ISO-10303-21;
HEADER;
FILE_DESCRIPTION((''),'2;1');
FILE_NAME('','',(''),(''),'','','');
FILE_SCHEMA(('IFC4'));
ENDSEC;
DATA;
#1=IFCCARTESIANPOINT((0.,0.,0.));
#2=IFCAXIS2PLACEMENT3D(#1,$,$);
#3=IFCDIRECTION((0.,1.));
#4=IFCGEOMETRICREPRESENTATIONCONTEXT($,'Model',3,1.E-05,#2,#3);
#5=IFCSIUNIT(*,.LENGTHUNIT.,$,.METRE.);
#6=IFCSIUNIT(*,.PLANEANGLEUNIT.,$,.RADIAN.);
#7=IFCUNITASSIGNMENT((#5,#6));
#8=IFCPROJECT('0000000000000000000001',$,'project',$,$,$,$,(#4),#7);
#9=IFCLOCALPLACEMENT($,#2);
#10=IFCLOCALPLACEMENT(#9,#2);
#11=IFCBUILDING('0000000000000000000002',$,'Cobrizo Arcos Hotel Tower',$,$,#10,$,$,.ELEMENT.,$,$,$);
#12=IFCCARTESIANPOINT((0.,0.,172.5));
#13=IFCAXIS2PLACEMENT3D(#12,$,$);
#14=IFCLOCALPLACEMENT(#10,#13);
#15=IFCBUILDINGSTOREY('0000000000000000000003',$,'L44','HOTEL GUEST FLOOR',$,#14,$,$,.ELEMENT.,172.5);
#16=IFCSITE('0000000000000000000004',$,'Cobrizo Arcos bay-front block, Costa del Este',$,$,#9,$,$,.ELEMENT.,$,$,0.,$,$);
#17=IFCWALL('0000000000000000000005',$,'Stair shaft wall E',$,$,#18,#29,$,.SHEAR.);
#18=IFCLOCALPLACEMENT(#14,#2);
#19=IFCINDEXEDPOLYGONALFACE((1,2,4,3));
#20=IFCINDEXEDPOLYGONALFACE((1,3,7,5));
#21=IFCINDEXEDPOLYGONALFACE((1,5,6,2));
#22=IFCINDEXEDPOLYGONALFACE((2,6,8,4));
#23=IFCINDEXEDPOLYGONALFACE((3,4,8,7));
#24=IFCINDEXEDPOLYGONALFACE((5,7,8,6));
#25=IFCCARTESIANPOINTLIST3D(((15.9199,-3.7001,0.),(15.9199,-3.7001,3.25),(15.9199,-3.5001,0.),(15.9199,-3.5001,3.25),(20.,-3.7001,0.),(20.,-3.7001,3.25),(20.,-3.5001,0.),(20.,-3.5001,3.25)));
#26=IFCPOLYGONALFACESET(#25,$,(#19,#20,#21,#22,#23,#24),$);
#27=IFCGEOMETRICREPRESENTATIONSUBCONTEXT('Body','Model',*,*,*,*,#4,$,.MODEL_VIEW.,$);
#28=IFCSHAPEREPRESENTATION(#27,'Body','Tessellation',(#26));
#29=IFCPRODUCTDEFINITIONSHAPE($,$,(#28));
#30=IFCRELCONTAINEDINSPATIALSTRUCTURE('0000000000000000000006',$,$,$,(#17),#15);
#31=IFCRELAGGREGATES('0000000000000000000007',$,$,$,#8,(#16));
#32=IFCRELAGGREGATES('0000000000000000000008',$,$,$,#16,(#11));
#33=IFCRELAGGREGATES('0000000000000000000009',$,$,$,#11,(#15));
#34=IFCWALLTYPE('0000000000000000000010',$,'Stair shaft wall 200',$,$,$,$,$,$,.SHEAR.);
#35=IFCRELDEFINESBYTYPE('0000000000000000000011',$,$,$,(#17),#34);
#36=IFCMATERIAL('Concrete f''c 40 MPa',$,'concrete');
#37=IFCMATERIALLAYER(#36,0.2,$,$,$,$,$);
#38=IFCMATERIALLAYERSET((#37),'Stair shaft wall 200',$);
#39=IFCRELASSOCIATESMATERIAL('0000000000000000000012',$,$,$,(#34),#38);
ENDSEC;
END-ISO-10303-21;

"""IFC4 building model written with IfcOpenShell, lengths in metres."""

from ifc_helpers import new_model, si_unit, direction, frame, frame_2d, origin, place, context, subcontext, project, spatial, rectangle, extrude, material, layer, layer_set, type_object, element, save


model = new_model("IFC4")

# Units and contexts
model_context = context("Model", 3, precision=1e-05, world=origin(), true_north=direction((0.0, 1.0)))
body_context = subcontext(model_context, "Body", "Model", "MODEL_VIEW")
ifc_project = project(units=[si_unit("LENGTHUNIT", "METRE"), si_unit("PLANEANGLEUNIT", "RADIAN")], contexts=[model_context])

# Site, building, storey
site_placement = place(None, origin())
site = spatial("IfcSite", under=ifc_project, at=site_placement, Name="Cobrizo Arcos bay-front block, Costa del Este", CompositionType="ELEMENT", RefElevation=0.0)
building_placement = place(site_placement, origin())
building = spatial("IfcBuilding", under=site, at=building_placement, Name="Cobrizo Arcos Hotel Tower", CompositionType="ELEMENT")
storey_placement = place(building_placement, frame((0.0, 0.0, 172.5)))
storey = spatial("IfcBuildingStorey", under=building, at=storey_placement, Name="L44", Description="HOTEL GUEST FLOOR", CompositionType="ELEMENT", Elevation=172.5)

# Shared definitions
ifc_material_1 = material(Name="Concrete f'c 40 MPa", Category="concrete")

# Wall
ifc_layer_1 = layer(ifc_material_1, 0.2)
ifc_layer_set_1 = layer_set([ifc_layer_1], Name="Stair shaft wall 200")
wall_type_1 = type_object("IfcWallType", Name="Stair shaft wall 200", PredefinedType="SHEAR", material=ifc_layer_set_1)
wall_1_placement = place(storey_placement, frame((15.9199, -3.6001, 0.0), z_axis=(0.0, 0.0, 1.0), x_axis=(1.0, 0.0, 0.0)))
element("IfcWall", 1, at=wall_1_placement, inside=storey, type_object=wall_type_1, Name="Stair shaft wall E", PredefinedType="SHEAR", context=body_context, shape_type="SweptSolid", body=[
    extrude(rectangle(XDim=4.0801, YDim=0.2, at=frame_2d((2.04, 0.0))), origin(), (0.0, 0.0, 1.0), 3.25),
])

save(model, "model.ifc")
